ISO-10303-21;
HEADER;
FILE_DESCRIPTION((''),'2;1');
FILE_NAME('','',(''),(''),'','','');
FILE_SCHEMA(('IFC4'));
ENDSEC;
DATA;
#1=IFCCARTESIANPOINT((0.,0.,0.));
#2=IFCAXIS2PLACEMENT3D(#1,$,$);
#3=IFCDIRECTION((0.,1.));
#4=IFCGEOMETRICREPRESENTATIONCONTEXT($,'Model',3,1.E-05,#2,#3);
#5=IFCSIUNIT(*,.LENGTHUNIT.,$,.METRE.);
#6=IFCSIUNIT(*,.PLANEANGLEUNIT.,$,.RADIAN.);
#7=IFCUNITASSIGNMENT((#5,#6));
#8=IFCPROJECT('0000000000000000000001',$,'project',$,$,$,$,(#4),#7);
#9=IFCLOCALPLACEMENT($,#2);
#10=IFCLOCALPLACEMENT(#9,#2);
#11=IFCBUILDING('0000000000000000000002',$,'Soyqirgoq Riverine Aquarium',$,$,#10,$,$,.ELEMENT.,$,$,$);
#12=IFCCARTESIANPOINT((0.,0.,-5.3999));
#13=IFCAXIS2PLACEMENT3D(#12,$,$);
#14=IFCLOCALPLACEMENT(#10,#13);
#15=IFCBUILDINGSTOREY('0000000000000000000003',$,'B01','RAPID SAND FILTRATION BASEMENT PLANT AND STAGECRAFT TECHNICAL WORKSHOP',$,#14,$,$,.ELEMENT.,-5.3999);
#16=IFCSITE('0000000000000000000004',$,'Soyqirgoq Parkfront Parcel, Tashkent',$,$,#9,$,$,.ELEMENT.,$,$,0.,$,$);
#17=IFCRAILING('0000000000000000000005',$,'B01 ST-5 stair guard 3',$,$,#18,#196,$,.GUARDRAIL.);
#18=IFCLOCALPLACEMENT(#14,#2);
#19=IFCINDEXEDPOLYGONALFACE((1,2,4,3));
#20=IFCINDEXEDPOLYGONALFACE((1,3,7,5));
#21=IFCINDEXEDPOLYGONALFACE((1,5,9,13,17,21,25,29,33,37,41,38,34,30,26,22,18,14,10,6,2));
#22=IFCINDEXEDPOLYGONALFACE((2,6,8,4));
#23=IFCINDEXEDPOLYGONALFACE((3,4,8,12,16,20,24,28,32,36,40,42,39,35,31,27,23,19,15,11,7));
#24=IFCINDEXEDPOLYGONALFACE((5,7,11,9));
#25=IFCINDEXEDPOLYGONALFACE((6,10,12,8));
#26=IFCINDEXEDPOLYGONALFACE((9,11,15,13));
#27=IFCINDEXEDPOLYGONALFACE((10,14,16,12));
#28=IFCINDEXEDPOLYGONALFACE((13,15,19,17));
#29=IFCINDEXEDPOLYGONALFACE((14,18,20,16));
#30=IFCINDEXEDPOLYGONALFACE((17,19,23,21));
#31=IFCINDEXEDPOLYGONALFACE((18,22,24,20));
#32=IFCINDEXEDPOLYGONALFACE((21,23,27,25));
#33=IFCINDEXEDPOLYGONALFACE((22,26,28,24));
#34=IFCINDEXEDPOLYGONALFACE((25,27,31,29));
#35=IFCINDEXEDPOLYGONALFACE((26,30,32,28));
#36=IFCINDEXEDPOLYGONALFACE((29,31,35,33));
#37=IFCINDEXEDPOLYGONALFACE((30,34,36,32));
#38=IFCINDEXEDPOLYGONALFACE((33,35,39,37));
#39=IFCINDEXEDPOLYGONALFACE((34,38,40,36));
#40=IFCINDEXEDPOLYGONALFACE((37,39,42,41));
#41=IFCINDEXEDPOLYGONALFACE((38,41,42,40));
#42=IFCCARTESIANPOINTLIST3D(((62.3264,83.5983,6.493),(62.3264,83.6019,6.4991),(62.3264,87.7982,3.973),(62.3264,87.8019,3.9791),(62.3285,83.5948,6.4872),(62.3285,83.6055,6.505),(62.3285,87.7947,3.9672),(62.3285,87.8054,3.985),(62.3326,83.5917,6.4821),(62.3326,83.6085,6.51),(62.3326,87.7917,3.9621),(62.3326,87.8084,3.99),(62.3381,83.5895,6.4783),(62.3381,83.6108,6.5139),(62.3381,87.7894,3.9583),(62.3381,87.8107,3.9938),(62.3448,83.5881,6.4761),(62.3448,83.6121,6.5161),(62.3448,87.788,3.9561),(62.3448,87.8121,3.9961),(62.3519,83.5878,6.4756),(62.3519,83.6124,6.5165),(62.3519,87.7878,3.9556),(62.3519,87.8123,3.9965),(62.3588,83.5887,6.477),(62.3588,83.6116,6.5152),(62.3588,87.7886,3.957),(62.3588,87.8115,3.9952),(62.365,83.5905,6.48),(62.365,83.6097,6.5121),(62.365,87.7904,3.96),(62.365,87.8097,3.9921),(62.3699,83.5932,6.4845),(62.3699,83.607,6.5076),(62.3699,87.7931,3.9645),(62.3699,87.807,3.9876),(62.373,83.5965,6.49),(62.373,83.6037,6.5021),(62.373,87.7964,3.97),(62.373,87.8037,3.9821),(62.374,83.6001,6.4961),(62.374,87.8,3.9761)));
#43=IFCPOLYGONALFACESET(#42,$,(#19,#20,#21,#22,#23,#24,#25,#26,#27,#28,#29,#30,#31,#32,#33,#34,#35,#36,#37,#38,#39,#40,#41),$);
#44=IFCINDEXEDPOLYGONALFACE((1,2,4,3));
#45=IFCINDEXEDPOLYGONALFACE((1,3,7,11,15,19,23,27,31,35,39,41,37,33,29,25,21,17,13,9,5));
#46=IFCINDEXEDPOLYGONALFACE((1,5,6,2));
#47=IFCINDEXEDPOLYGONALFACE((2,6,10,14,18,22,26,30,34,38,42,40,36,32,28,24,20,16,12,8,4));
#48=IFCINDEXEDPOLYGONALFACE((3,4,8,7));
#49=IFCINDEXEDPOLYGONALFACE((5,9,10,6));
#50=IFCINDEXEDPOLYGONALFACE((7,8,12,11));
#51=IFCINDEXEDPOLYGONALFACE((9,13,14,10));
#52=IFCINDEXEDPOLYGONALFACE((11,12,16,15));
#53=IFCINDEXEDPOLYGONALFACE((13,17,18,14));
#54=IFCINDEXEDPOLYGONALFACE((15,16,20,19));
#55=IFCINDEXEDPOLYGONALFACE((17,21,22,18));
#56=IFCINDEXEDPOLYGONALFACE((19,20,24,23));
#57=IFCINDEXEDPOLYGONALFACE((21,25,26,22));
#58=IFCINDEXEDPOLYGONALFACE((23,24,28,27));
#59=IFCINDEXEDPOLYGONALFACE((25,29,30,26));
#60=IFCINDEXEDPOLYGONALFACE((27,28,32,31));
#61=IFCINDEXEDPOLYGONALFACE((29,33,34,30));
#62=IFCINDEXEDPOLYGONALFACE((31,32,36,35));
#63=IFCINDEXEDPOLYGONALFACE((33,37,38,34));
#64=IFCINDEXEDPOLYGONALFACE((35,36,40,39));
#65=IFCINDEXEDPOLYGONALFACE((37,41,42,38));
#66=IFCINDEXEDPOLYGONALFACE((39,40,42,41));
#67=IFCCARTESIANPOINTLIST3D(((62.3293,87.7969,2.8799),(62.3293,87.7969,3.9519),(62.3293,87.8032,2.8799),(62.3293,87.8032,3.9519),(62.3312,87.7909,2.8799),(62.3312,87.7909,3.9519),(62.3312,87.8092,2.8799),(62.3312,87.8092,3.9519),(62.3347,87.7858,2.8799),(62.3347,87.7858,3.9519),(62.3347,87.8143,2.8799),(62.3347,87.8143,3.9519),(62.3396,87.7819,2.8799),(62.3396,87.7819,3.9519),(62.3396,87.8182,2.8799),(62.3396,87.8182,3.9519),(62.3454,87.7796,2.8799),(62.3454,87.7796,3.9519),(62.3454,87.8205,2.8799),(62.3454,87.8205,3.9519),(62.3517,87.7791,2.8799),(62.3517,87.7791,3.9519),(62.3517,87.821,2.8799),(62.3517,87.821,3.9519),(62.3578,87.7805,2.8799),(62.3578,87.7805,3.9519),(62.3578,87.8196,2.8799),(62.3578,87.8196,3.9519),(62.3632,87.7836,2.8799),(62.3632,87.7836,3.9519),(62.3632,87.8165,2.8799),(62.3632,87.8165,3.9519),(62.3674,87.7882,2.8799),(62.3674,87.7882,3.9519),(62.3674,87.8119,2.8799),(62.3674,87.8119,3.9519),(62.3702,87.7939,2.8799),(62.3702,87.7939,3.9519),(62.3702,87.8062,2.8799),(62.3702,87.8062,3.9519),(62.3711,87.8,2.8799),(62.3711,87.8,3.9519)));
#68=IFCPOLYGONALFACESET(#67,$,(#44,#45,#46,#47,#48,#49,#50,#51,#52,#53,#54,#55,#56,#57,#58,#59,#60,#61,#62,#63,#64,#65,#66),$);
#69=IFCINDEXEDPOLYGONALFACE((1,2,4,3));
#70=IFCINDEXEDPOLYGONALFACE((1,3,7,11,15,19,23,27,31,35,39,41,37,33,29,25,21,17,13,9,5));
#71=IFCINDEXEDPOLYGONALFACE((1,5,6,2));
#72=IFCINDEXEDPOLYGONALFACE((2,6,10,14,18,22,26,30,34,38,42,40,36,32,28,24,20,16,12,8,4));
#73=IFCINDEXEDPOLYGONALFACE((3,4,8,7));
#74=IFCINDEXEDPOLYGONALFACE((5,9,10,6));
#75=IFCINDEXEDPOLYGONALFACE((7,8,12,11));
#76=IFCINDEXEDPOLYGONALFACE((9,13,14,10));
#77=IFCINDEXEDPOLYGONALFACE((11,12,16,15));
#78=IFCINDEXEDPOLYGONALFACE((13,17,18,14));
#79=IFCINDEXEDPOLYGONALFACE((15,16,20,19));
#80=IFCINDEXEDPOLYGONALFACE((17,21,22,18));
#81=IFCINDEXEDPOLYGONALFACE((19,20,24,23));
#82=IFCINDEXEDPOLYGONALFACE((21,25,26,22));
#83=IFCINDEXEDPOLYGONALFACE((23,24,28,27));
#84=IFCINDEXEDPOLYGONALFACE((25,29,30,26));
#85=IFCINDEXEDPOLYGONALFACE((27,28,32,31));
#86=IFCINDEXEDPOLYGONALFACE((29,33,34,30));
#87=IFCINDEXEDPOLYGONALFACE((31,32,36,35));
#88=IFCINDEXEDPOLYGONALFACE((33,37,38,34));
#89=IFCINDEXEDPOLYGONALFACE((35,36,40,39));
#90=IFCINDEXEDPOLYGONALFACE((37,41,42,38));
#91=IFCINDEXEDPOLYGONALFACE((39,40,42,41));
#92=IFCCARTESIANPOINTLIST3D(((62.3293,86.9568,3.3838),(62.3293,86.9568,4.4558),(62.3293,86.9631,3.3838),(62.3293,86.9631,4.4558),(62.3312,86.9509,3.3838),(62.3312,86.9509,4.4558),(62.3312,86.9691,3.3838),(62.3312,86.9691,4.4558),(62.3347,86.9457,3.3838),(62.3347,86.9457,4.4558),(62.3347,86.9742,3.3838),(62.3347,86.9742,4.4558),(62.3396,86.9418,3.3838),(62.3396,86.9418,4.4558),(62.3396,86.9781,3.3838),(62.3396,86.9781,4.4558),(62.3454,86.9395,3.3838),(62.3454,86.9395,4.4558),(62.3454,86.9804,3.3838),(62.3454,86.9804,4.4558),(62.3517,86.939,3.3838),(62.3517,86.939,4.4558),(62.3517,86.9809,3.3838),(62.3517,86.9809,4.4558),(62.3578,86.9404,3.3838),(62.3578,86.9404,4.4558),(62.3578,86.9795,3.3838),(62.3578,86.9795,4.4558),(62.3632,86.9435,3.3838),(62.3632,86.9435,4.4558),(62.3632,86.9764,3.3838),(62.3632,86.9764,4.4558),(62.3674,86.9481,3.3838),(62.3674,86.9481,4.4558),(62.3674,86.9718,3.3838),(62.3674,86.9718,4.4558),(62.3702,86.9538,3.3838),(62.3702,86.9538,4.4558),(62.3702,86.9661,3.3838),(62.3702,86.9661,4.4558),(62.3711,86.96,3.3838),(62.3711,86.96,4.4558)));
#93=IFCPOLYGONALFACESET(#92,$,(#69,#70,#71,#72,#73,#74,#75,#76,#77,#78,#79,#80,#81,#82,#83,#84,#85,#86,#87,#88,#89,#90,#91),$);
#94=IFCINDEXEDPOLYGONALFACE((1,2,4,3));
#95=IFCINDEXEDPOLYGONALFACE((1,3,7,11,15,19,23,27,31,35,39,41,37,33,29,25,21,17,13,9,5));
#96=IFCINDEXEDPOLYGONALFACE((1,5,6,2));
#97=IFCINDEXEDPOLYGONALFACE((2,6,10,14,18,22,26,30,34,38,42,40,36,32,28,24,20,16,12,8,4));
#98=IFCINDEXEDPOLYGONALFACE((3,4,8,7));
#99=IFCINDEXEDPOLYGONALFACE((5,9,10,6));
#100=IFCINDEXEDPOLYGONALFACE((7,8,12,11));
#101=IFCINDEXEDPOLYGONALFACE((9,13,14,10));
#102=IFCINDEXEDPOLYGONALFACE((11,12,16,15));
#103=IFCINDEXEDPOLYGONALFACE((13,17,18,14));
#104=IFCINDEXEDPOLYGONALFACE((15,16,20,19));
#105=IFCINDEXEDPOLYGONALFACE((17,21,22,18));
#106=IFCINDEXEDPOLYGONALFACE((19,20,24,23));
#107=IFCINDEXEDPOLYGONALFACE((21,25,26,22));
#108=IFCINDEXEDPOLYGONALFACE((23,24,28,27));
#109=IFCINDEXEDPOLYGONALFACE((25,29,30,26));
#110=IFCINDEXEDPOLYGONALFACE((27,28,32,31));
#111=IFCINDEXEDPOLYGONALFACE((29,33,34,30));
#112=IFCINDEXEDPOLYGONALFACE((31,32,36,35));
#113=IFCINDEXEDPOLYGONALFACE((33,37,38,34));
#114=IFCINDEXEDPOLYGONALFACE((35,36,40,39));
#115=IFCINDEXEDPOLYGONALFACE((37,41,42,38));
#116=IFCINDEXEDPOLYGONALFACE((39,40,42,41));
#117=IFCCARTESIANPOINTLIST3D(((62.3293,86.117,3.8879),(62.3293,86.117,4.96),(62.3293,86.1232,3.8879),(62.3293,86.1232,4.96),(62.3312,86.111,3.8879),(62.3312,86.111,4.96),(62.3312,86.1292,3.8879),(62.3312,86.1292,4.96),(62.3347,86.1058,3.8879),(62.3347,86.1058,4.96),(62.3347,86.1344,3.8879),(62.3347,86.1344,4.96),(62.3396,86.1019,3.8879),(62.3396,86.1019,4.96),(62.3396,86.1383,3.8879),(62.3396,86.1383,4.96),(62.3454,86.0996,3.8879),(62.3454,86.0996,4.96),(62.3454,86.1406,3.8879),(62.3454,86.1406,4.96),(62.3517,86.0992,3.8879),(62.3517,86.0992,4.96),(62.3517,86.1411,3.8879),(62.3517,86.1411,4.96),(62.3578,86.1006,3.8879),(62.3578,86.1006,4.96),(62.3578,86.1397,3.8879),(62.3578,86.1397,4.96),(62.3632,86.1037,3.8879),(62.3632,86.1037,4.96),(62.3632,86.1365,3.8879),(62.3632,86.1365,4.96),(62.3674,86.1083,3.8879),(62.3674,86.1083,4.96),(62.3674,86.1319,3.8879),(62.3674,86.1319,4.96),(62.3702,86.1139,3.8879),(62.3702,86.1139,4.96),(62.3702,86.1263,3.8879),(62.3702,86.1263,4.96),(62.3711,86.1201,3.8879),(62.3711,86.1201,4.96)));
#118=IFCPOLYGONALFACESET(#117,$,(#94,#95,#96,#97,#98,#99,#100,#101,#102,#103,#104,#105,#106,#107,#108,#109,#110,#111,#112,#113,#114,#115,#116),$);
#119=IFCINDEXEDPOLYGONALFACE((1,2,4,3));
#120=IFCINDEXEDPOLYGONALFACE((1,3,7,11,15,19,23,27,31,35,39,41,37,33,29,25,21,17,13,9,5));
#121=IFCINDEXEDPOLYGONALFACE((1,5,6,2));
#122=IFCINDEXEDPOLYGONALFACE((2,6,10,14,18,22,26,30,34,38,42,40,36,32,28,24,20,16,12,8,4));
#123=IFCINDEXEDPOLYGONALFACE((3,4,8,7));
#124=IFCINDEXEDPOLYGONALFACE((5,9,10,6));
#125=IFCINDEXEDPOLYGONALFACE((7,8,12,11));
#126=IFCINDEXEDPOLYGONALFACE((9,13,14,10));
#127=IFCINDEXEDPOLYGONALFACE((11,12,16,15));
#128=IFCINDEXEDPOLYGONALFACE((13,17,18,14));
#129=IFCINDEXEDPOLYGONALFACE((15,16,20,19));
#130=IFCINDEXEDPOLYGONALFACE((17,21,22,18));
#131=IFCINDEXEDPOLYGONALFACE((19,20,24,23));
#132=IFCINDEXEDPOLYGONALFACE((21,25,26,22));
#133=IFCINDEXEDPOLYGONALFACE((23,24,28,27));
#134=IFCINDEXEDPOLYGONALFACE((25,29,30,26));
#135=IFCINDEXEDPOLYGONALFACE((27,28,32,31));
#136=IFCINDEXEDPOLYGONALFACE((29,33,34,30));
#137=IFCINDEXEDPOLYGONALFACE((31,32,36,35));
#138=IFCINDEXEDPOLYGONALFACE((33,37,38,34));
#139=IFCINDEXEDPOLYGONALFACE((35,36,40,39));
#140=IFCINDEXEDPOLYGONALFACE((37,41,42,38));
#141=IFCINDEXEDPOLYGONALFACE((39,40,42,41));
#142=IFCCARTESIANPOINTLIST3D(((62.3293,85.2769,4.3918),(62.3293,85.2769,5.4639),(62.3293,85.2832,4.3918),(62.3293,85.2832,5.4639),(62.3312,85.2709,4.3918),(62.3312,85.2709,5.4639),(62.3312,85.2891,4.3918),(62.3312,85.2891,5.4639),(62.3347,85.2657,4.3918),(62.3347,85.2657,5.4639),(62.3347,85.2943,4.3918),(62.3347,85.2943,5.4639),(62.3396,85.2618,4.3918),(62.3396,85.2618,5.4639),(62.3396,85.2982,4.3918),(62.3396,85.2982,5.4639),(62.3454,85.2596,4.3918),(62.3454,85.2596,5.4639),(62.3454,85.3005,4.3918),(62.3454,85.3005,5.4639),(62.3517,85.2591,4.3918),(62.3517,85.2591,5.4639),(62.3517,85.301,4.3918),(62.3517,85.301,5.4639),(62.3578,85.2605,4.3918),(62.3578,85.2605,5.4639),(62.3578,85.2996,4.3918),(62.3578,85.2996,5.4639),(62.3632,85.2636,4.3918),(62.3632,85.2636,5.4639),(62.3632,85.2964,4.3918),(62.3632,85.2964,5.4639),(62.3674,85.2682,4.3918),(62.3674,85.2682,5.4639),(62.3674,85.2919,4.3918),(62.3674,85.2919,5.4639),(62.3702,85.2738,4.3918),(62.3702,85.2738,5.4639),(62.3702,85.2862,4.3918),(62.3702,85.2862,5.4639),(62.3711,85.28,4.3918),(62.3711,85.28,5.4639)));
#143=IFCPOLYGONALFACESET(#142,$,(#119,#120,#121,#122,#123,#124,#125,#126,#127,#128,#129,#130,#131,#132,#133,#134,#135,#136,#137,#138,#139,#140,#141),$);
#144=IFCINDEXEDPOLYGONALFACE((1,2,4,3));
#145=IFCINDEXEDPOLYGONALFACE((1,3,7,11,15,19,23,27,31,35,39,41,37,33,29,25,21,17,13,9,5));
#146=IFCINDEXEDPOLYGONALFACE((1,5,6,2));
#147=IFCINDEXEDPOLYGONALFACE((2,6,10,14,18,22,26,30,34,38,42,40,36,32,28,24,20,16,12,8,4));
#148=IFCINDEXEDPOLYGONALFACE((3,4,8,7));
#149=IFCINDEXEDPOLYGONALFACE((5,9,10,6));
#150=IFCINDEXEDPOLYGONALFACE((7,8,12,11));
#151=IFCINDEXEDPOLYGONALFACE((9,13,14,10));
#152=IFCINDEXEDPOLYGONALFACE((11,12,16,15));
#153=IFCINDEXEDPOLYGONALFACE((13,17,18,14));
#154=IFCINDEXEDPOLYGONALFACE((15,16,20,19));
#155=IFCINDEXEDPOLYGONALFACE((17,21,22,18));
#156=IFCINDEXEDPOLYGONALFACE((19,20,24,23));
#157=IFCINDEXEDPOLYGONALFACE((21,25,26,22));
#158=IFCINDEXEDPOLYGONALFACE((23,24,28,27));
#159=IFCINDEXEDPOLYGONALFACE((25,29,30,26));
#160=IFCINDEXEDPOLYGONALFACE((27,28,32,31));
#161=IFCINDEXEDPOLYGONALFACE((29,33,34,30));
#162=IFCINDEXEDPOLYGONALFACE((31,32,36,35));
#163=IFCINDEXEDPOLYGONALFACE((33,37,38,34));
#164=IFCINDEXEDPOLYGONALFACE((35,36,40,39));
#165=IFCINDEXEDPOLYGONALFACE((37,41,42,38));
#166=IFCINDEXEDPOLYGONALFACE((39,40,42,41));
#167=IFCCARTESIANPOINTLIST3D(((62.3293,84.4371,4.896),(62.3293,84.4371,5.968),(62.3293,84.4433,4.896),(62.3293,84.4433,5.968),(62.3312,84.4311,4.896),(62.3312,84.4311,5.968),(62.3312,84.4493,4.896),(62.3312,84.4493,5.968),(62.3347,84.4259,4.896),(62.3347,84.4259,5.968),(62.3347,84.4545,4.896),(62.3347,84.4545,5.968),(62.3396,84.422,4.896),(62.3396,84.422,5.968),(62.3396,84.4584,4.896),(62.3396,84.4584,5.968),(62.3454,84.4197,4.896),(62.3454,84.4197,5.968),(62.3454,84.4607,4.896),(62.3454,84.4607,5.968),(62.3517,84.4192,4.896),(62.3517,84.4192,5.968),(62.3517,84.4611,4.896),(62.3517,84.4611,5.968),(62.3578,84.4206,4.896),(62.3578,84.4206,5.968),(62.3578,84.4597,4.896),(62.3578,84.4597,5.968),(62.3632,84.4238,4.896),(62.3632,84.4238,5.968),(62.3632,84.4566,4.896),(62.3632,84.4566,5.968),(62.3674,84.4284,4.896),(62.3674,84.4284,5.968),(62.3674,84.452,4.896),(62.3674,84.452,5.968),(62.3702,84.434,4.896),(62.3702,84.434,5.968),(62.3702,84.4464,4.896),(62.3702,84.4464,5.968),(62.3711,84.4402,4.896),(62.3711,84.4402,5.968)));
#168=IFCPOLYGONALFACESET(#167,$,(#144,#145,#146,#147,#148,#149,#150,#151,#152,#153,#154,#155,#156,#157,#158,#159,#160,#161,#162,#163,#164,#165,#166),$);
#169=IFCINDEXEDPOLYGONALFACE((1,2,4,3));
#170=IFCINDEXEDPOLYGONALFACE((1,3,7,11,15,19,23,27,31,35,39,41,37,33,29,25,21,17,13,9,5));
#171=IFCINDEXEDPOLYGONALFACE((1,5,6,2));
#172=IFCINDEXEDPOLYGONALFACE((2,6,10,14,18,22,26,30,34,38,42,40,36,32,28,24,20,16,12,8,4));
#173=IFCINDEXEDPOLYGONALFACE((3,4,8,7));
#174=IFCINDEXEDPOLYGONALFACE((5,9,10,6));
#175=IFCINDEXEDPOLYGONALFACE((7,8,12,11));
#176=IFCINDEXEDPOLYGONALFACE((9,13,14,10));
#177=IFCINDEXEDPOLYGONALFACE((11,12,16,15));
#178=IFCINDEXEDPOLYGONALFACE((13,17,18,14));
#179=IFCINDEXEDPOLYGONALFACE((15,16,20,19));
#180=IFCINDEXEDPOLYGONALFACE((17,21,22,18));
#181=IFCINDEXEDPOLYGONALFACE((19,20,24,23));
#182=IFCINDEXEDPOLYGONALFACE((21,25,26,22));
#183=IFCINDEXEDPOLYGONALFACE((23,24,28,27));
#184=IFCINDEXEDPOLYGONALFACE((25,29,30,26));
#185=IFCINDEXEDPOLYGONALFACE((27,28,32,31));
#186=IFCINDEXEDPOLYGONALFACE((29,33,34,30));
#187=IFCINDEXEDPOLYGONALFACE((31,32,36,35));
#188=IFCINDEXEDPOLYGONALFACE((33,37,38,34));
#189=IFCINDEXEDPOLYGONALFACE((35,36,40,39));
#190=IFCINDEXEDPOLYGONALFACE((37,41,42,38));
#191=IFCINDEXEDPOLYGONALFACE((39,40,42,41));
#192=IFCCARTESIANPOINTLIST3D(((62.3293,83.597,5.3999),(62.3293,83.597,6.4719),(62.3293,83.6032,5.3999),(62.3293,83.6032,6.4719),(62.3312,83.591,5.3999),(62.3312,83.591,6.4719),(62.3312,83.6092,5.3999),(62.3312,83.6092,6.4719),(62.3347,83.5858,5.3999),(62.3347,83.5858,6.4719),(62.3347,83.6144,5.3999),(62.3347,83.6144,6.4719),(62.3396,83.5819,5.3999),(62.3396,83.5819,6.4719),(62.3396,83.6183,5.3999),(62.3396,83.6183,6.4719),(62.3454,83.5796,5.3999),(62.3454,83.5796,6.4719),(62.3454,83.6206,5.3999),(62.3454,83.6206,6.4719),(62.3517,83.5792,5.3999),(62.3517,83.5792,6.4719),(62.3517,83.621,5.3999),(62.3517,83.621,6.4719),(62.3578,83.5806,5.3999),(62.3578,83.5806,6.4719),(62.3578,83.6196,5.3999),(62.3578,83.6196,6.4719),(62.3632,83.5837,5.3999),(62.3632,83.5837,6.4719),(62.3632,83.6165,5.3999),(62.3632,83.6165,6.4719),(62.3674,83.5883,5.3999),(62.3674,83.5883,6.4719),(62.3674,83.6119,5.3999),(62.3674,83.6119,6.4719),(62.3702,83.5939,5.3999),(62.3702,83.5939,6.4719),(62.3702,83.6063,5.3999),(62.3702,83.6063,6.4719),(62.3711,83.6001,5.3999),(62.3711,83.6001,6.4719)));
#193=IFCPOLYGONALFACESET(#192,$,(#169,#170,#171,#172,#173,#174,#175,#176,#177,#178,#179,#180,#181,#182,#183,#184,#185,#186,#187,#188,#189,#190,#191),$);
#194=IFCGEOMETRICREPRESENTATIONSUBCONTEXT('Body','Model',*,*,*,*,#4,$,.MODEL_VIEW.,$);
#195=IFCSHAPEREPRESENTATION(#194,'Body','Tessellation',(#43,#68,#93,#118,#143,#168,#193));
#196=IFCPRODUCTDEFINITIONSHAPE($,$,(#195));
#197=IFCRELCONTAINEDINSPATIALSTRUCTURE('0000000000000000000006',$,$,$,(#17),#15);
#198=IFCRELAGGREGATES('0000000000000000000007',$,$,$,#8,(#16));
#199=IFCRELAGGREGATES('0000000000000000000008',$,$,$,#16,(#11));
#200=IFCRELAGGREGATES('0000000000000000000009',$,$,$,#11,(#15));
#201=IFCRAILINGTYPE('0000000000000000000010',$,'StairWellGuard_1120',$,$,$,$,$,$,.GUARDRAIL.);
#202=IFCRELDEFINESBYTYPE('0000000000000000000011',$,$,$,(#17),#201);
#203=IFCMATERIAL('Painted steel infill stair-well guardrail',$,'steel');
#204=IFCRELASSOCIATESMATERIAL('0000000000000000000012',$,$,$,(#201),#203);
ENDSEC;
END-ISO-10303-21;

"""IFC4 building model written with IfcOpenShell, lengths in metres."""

from ifc_helpers import new_model, si_unit, direction, frame, origin, origin_2d, place, context, subcontext, project, spatial, circle, extrude, material, type_object, element, save


model = new_model("IFC4")

# Units and contexts
model_context = context("Model", 3, precision=1e-05, world=origin(), true_north=direction((0.0, 1.0)))
body_context = subcontext(model_context, "Body", "Model", "MODEL_VIEW")
ifc_project = project(units=[si_unit("LENGTHUNIT", "METRE"), si_unit("PLANEANGLEUNIT", "RADIAN")], contexts=[model_context])

# Site, building, storey
site_placement = place(None, origin())
site = spatial("IfcSite", under=ifc_project, at=site_placement, Name="Soyqirgoq Parkfront Parcel, Tashkent", CompositionType="ELEMENT", RefElevation=0.0)
building_placement = place(site_placement, origin())
building = spatial("IfcBuilding", under=site, at=building_placement, Name="Soyqirgoq Riverine Aquarium", CompositionType="ELEMENT")
storey_placement = place(building_placement, frame((0.0, 0.0, -5.3999)))
storey = spatial("IfcBuildingStorey", under=building, at=storey_placement, Name="B01", Description="RAPID SAND FILTRATION BASEMENT PLANT AND STAGECRAFT TECHNICAL WORKSHOP", CompositionType="ELEMENT", Elevation=-5.3999)

# Railing
ifc_material_1 = material(Name="Painted steel infill stair-well guardrail", Category="steel")
railing_type_1 = type_object("IfcRailingType", Name="StairWellGuard_1120", PredefinedType="GUARDRAIL", material=ifc_material_1)
railing_1_placement = place(storey_placement, frame((62.3501, 87.8, 2.8799)))
element("IfcRailing", 1, at=railing_1_placement, inside=storey, type_object=railing_type_1, Name="B01 ST-5 stair guard 3", PredefinedType="GUARDRAIL", context=body_context, shape_type="SweptSolid", body=[
    extrude(circle(Radius=0.0239, at=origin_2d()), frame((0.0, 0.0, 1.0962), z_axis=(0.0, -0.857489, 0.514503), x_axis=(1.0, 0.0, 0.0)), (0.0, 0.0, 1.0), 4.8979),
    extrude(circle(Radius=0.021, at=origin_2d()), origin(), (0.0, 0.0, 1.0), 1.072),
    extrude(circle(Radius=0.021, at=origin_2d()), frame((0.0, -0.8401, 0.5039)), (0.0, 0.0, 1.0), 1.072),
    extrude(circle(Radius=0.021, at=origin_2d()), frame((0.0, -1.6799, 1.0081)), (0.0, 0.0, 1.0), 1.072),
    extrude(circle(Radius=0.021, at=origin_2d()), frame((0.0, -2.52, 1.512)), (0.0, 0.0, 1.0), 1.072),
    extrude(circle(Radius=0.021, at=origin_2d()), frame((0.0, -3.3599, 2.0161)), (0.0, 0.0, 1.0), 1.072),
    extrude(circle(Radius=0.021, at=origin_2d()), frame((0.0, -4.2, 2.52)), (0.0, 0.0, 1.0), 1.072),
])

save(model, "model.ifc")
